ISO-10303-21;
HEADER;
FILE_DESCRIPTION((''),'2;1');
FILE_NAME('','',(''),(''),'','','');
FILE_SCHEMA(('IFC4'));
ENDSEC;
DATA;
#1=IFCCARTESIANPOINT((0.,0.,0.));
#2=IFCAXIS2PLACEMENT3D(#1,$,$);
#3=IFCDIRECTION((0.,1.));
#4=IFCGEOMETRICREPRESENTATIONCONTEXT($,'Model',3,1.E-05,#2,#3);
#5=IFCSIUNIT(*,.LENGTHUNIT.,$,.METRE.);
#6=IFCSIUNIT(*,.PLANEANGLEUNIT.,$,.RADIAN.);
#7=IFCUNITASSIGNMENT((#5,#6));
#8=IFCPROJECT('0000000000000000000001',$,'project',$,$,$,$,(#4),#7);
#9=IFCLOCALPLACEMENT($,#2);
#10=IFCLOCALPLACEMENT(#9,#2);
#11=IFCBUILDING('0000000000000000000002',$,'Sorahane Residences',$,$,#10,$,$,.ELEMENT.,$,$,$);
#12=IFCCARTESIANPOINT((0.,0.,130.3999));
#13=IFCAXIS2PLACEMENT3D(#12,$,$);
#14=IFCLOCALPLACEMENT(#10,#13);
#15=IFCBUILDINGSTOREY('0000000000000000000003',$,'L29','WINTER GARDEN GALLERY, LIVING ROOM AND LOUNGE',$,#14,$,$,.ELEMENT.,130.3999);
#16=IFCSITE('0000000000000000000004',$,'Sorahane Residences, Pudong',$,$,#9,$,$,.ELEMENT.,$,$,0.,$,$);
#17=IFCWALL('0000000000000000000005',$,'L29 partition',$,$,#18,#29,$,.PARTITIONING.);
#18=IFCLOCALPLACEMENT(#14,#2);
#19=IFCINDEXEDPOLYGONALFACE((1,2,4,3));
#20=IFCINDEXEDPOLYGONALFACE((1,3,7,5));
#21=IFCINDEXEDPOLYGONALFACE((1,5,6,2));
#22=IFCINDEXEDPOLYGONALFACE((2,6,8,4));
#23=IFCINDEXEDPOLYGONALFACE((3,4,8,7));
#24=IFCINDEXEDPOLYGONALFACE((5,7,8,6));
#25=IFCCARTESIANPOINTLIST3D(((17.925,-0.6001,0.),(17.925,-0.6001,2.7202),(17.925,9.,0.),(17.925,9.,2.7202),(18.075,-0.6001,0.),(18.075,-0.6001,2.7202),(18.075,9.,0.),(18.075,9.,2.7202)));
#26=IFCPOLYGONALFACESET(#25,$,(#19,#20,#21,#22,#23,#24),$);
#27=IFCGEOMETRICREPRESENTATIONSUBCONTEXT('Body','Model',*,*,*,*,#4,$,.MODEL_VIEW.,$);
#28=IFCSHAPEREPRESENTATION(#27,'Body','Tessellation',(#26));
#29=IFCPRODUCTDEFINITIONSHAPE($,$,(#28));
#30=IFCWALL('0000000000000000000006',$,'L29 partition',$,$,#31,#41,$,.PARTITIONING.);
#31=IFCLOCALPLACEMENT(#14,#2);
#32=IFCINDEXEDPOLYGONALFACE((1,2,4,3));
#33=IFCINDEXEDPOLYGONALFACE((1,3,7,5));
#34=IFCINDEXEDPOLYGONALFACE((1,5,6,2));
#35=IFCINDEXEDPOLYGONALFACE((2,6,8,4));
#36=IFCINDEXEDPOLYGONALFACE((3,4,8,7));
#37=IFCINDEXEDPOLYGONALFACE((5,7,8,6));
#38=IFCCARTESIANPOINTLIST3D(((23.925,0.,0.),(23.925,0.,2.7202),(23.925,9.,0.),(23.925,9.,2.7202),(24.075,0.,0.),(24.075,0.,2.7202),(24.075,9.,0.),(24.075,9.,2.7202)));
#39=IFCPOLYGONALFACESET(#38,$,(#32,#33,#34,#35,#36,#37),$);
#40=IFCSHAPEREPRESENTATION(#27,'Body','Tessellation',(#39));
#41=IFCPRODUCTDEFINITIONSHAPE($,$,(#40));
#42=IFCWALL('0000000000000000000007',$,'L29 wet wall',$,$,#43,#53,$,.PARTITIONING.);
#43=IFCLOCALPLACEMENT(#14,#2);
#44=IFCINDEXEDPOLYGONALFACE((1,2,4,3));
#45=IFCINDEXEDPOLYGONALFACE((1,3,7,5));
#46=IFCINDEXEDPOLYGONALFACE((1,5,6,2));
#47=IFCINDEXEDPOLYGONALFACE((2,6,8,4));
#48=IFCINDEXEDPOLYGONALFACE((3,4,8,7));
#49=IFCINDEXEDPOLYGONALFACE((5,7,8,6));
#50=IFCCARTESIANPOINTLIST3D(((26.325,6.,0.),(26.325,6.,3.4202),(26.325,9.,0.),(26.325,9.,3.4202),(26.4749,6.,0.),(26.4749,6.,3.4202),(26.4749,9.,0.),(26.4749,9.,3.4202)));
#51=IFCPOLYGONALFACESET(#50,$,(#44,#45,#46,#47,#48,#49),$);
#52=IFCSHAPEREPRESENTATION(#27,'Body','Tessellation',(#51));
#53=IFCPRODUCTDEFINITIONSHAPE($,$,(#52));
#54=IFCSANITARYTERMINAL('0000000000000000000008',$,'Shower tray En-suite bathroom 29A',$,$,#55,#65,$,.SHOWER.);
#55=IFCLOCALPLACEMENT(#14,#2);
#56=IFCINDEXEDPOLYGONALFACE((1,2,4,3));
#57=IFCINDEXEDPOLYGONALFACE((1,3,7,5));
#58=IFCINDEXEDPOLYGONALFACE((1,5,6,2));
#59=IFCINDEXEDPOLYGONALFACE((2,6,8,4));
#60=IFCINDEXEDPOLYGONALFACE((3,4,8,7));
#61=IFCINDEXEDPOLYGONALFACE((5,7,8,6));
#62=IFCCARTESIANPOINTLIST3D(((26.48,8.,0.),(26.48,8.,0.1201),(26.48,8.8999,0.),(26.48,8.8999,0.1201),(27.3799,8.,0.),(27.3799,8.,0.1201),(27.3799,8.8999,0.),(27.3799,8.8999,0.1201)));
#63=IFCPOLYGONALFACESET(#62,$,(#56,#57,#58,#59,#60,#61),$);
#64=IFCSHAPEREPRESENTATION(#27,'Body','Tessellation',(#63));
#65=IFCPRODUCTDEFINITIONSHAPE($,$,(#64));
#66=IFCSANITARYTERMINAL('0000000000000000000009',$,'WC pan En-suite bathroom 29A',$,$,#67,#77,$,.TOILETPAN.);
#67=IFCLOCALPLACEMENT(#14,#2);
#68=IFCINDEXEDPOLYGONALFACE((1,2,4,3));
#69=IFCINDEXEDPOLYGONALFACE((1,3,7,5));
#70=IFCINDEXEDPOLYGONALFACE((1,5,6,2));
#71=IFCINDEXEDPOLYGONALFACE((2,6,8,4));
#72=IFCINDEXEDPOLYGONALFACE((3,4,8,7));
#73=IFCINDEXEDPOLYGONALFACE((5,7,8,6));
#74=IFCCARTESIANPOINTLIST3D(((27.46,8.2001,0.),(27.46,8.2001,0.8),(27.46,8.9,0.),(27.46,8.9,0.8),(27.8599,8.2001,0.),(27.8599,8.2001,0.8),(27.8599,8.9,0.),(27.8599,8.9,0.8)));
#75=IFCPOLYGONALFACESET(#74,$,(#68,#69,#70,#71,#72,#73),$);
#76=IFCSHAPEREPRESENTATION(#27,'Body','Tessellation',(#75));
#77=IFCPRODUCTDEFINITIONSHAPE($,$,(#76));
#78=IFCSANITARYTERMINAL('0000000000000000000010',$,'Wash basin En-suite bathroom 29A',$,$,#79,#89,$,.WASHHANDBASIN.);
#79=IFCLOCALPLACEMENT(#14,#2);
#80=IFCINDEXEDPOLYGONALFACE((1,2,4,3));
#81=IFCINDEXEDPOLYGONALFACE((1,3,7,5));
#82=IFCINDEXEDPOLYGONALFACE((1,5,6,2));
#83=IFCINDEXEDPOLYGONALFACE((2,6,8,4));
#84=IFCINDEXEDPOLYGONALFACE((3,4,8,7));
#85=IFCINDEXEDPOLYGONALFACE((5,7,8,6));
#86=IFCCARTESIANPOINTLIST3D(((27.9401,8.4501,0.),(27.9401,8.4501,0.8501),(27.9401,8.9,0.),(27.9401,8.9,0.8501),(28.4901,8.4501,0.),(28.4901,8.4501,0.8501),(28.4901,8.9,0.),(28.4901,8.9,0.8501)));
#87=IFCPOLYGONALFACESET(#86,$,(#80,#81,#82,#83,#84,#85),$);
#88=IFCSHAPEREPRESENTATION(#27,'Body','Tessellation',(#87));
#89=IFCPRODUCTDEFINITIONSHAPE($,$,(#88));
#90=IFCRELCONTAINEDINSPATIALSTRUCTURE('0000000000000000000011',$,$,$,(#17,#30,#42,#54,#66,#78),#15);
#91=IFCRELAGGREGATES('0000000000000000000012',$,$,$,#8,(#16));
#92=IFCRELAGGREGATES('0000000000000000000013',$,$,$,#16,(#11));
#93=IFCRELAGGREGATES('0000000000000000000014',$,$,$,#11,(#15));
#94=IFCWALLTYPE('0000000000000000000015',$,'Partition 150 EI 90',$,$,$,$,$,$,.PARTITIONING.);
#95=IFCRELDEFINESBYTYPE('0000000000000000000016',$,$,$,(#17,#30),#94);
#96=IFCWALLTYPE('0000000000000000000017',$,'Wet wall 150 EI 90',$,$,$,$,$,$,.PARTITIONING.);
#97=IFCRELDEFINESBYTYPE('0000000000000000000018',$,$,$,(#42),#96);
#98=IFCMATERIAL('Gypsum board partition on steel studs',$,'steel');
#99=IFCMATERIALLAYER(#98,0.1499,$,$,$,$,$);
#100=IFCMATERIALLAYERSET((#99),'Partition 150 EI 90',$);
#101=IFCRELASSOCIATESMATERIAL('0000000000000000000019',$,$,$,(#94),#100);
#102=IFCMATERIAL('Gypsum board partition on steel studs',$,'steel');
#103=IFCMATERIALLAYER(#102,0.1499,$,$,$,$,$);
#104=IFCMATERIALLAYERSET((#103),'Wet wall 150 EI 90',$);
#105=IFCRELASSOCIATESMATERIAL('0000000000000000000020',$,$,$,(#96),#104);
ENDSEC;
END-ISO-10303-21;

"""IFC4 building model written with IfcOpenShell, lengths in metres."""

from ifc_helpers import new_model, si_unit, direction, frame, frame_2d, origin, origin_2d, place, context, subcontext, project, spatial, rectangle, extrude, material, layer, layer_set, type_object, element, save


model = new_model("IFC4")

# Units and contexts
model_context = context("Model", 3, precision=1e-05, world=origin(), true_north=direction((0.0, 1.0)))
body_context = subcontext(model_context, "Body", "Model", "MODEL_VIEW")
ifc_project = project(units=[si_unit("LENGTHUNIT", "METRE"), si_unit("PLANEANGLEUNIT", "RADIAN")], contexts=[model_context])

# Site, building, storey
site_placement = place(None, origin())
site = spatial("IfcSite", under=ifc_project, at=site_placement, Name="Sorahane Residences, Pudong", CompositionType="ELEMENT", RefElevation=0.0)
building_placement = place(site_placement, origin())
building = spatial("IfcBuilding", under=site, at=building_placement, Name="Sorahane Residences", CompositionType="ELEMENT")
storey_placement = place(building_placement, frame((0.0, 0.0, 130.3999)))
storey = spatial("IfcBuildingStorey", under=building, at=storey_placement, Name="L29", Description="WINTER GARDEN GALLERY, LIVING ROOM AND LOUNGE", CompositionType="ELEMENT", Elevation=130.3999)

# Walls
ifc_material_1 = material(Name="Gypsum board partition on steel studs", Category="steel")
ifc_layer_1 = layer(ifc_material_1, 0.1499)
ifc_layer_set_1 = layer_set([ifc_layer_1], Name="Partition 150 EI 90")
wall_type_1 = type_object("IfcWallType", Name="Partition 150 EI 90", PredefinedType="PARTITIONING", material=ifc_layer_set_1)
wall_1_placement = place(storey_placement, frame((18.0, -0.6001, 0.0), z_axis=(0.0, 0.0, 1.0), x_axis=(0.0, 1.0, 0.0)))
element("IfcWall", 1, at=wall_1_placement, inside=storey, type_object=wall_type_1, Name="L29 partition", PredefinedType="PARTITIONING", context=body_context, shape_type="SweptSolid", body=[
    extrude(rectangle(XDim=9.6001, YDim=0.1499, at=frame_2d((4.8, 0.0))), origin(), (0.0, 0.0, 1.0), 2.7202),
])
wall_2_placement = place(storey_placement, frame((24.0, 0.0, 0.0), z_axis=(0.0, 0.0, 1.0), x_axis=(0.0, 1.0, 0.0)))
element("IfcWall", 2, at=wall_2_placement, inside=storey, type_object=wall_type_1, Name="L29 partition", PredefinedType="PARTITIONING", context=body_context, shape_type="SweptSolid", body=[
    extrude(rectangle(XDim=9.0, YDim=0.1499, at=frame_2d((4.5, 0.0))), origin(), (0.0, 0.0, 1.0), 2.7202),
])

# Wall
ifc_material_2 = material(Name="Gypsum board partition on steel studs", Category="steel")
ifc_layer_2 = layer(ifc_material_2, 0.1499)
ifc_layer_set_2 = layer_set([ifc_layer_2], Name="Wet wall 150 EI 90")
wall_type_2 = type_object("IfcWallType", Name="Wet wall 150 EI 90", PredefinedType="PARTITIONING", material=ifc_layer_set_2)
wall_3_placement = place(storey_placement, frame((26.3999, 6.0, 0.0), z_axis=(0.0, 0.0, 1.0), x_axis=(0.0, 1.0, 0.0)))
element("IfcWall", 3, at=wall_3_placement, inside=storey, type_object=wall_type_2, Name="L29 wet wall", PredefinedType="PARTITIONING", context=body_context, shape_type="SweptSolid", body=[
    extrude(rectangle(XDim=3.0, YDim=0.1499, at=frame_2d((1.5, 0.0))), origin(), (0.0, 0.0, 1.0), 3.4202),
])

# Sanitary terminals
sanitary_terminal_1_placement = place(storey_placement, frame((26.9299, 8.45, 0.0), z_axis=(0.0, 0.0, 1.0), x_axis=(1.0, 0.0, 0.0)))
element("IfcSanitaryTerminal", 4, at=sanitary_terminal_1_placement, inside=storey, Name="Shower tray En-suite bathroom 29A", PredefinedType="SHOWER", context=body_context, shape_type="SweptSolid", body=[
    extrude(rectangle(XDim=0.8999, YDim=0.8999, at=origin_2d()), origin(), (0.0, 0.0, 1.0), 0.1201),
])
sanitary_terminal_2_placement = place(storey_placement, frame((27.6599, 8.55, 0.0), z_axis=(0.0, 0.0, 1.0), x_axis=(1.0, 0.0, 0.0)))
element("IfcSanitaryTerminal", 5, at=sanitary_terminal_2_placement, inside=storey, Name="WC pan En-suite bathroom 29A", PredefinedType="TOILETPAN", context=body_context, shape_type="SweptSolid", body=[
    extrude(rectangle(XDim=0.3999, YDim=0.7, at=origin_2d()), origin(), (0.0, 0.0, 1.0), 0.8),
])
sanitary_terminal_3_placement = place(storey_placement, frame((28.2151, 8.675, 0.0), z_axis=(0.0, 0.0, 1.0), x_axis=(1.0, 0.0, 0.0)))
element("IfcSanitaryTerminal", 6, at=sanitary_terminal_3_placement, inside=storey, Name="Wash basin En-suite bathroom 29A", PredefinedType="WASHHANDBASIN", context=body_context, shape_type="SweptSolid", body=[
    extrude(rectangle(XDim=0.55, YDim=0.45, at=origin_2d()), origin(), (0.0, 0.0, 1.0), 0.8501),
])

save(model, "model.ifc")
